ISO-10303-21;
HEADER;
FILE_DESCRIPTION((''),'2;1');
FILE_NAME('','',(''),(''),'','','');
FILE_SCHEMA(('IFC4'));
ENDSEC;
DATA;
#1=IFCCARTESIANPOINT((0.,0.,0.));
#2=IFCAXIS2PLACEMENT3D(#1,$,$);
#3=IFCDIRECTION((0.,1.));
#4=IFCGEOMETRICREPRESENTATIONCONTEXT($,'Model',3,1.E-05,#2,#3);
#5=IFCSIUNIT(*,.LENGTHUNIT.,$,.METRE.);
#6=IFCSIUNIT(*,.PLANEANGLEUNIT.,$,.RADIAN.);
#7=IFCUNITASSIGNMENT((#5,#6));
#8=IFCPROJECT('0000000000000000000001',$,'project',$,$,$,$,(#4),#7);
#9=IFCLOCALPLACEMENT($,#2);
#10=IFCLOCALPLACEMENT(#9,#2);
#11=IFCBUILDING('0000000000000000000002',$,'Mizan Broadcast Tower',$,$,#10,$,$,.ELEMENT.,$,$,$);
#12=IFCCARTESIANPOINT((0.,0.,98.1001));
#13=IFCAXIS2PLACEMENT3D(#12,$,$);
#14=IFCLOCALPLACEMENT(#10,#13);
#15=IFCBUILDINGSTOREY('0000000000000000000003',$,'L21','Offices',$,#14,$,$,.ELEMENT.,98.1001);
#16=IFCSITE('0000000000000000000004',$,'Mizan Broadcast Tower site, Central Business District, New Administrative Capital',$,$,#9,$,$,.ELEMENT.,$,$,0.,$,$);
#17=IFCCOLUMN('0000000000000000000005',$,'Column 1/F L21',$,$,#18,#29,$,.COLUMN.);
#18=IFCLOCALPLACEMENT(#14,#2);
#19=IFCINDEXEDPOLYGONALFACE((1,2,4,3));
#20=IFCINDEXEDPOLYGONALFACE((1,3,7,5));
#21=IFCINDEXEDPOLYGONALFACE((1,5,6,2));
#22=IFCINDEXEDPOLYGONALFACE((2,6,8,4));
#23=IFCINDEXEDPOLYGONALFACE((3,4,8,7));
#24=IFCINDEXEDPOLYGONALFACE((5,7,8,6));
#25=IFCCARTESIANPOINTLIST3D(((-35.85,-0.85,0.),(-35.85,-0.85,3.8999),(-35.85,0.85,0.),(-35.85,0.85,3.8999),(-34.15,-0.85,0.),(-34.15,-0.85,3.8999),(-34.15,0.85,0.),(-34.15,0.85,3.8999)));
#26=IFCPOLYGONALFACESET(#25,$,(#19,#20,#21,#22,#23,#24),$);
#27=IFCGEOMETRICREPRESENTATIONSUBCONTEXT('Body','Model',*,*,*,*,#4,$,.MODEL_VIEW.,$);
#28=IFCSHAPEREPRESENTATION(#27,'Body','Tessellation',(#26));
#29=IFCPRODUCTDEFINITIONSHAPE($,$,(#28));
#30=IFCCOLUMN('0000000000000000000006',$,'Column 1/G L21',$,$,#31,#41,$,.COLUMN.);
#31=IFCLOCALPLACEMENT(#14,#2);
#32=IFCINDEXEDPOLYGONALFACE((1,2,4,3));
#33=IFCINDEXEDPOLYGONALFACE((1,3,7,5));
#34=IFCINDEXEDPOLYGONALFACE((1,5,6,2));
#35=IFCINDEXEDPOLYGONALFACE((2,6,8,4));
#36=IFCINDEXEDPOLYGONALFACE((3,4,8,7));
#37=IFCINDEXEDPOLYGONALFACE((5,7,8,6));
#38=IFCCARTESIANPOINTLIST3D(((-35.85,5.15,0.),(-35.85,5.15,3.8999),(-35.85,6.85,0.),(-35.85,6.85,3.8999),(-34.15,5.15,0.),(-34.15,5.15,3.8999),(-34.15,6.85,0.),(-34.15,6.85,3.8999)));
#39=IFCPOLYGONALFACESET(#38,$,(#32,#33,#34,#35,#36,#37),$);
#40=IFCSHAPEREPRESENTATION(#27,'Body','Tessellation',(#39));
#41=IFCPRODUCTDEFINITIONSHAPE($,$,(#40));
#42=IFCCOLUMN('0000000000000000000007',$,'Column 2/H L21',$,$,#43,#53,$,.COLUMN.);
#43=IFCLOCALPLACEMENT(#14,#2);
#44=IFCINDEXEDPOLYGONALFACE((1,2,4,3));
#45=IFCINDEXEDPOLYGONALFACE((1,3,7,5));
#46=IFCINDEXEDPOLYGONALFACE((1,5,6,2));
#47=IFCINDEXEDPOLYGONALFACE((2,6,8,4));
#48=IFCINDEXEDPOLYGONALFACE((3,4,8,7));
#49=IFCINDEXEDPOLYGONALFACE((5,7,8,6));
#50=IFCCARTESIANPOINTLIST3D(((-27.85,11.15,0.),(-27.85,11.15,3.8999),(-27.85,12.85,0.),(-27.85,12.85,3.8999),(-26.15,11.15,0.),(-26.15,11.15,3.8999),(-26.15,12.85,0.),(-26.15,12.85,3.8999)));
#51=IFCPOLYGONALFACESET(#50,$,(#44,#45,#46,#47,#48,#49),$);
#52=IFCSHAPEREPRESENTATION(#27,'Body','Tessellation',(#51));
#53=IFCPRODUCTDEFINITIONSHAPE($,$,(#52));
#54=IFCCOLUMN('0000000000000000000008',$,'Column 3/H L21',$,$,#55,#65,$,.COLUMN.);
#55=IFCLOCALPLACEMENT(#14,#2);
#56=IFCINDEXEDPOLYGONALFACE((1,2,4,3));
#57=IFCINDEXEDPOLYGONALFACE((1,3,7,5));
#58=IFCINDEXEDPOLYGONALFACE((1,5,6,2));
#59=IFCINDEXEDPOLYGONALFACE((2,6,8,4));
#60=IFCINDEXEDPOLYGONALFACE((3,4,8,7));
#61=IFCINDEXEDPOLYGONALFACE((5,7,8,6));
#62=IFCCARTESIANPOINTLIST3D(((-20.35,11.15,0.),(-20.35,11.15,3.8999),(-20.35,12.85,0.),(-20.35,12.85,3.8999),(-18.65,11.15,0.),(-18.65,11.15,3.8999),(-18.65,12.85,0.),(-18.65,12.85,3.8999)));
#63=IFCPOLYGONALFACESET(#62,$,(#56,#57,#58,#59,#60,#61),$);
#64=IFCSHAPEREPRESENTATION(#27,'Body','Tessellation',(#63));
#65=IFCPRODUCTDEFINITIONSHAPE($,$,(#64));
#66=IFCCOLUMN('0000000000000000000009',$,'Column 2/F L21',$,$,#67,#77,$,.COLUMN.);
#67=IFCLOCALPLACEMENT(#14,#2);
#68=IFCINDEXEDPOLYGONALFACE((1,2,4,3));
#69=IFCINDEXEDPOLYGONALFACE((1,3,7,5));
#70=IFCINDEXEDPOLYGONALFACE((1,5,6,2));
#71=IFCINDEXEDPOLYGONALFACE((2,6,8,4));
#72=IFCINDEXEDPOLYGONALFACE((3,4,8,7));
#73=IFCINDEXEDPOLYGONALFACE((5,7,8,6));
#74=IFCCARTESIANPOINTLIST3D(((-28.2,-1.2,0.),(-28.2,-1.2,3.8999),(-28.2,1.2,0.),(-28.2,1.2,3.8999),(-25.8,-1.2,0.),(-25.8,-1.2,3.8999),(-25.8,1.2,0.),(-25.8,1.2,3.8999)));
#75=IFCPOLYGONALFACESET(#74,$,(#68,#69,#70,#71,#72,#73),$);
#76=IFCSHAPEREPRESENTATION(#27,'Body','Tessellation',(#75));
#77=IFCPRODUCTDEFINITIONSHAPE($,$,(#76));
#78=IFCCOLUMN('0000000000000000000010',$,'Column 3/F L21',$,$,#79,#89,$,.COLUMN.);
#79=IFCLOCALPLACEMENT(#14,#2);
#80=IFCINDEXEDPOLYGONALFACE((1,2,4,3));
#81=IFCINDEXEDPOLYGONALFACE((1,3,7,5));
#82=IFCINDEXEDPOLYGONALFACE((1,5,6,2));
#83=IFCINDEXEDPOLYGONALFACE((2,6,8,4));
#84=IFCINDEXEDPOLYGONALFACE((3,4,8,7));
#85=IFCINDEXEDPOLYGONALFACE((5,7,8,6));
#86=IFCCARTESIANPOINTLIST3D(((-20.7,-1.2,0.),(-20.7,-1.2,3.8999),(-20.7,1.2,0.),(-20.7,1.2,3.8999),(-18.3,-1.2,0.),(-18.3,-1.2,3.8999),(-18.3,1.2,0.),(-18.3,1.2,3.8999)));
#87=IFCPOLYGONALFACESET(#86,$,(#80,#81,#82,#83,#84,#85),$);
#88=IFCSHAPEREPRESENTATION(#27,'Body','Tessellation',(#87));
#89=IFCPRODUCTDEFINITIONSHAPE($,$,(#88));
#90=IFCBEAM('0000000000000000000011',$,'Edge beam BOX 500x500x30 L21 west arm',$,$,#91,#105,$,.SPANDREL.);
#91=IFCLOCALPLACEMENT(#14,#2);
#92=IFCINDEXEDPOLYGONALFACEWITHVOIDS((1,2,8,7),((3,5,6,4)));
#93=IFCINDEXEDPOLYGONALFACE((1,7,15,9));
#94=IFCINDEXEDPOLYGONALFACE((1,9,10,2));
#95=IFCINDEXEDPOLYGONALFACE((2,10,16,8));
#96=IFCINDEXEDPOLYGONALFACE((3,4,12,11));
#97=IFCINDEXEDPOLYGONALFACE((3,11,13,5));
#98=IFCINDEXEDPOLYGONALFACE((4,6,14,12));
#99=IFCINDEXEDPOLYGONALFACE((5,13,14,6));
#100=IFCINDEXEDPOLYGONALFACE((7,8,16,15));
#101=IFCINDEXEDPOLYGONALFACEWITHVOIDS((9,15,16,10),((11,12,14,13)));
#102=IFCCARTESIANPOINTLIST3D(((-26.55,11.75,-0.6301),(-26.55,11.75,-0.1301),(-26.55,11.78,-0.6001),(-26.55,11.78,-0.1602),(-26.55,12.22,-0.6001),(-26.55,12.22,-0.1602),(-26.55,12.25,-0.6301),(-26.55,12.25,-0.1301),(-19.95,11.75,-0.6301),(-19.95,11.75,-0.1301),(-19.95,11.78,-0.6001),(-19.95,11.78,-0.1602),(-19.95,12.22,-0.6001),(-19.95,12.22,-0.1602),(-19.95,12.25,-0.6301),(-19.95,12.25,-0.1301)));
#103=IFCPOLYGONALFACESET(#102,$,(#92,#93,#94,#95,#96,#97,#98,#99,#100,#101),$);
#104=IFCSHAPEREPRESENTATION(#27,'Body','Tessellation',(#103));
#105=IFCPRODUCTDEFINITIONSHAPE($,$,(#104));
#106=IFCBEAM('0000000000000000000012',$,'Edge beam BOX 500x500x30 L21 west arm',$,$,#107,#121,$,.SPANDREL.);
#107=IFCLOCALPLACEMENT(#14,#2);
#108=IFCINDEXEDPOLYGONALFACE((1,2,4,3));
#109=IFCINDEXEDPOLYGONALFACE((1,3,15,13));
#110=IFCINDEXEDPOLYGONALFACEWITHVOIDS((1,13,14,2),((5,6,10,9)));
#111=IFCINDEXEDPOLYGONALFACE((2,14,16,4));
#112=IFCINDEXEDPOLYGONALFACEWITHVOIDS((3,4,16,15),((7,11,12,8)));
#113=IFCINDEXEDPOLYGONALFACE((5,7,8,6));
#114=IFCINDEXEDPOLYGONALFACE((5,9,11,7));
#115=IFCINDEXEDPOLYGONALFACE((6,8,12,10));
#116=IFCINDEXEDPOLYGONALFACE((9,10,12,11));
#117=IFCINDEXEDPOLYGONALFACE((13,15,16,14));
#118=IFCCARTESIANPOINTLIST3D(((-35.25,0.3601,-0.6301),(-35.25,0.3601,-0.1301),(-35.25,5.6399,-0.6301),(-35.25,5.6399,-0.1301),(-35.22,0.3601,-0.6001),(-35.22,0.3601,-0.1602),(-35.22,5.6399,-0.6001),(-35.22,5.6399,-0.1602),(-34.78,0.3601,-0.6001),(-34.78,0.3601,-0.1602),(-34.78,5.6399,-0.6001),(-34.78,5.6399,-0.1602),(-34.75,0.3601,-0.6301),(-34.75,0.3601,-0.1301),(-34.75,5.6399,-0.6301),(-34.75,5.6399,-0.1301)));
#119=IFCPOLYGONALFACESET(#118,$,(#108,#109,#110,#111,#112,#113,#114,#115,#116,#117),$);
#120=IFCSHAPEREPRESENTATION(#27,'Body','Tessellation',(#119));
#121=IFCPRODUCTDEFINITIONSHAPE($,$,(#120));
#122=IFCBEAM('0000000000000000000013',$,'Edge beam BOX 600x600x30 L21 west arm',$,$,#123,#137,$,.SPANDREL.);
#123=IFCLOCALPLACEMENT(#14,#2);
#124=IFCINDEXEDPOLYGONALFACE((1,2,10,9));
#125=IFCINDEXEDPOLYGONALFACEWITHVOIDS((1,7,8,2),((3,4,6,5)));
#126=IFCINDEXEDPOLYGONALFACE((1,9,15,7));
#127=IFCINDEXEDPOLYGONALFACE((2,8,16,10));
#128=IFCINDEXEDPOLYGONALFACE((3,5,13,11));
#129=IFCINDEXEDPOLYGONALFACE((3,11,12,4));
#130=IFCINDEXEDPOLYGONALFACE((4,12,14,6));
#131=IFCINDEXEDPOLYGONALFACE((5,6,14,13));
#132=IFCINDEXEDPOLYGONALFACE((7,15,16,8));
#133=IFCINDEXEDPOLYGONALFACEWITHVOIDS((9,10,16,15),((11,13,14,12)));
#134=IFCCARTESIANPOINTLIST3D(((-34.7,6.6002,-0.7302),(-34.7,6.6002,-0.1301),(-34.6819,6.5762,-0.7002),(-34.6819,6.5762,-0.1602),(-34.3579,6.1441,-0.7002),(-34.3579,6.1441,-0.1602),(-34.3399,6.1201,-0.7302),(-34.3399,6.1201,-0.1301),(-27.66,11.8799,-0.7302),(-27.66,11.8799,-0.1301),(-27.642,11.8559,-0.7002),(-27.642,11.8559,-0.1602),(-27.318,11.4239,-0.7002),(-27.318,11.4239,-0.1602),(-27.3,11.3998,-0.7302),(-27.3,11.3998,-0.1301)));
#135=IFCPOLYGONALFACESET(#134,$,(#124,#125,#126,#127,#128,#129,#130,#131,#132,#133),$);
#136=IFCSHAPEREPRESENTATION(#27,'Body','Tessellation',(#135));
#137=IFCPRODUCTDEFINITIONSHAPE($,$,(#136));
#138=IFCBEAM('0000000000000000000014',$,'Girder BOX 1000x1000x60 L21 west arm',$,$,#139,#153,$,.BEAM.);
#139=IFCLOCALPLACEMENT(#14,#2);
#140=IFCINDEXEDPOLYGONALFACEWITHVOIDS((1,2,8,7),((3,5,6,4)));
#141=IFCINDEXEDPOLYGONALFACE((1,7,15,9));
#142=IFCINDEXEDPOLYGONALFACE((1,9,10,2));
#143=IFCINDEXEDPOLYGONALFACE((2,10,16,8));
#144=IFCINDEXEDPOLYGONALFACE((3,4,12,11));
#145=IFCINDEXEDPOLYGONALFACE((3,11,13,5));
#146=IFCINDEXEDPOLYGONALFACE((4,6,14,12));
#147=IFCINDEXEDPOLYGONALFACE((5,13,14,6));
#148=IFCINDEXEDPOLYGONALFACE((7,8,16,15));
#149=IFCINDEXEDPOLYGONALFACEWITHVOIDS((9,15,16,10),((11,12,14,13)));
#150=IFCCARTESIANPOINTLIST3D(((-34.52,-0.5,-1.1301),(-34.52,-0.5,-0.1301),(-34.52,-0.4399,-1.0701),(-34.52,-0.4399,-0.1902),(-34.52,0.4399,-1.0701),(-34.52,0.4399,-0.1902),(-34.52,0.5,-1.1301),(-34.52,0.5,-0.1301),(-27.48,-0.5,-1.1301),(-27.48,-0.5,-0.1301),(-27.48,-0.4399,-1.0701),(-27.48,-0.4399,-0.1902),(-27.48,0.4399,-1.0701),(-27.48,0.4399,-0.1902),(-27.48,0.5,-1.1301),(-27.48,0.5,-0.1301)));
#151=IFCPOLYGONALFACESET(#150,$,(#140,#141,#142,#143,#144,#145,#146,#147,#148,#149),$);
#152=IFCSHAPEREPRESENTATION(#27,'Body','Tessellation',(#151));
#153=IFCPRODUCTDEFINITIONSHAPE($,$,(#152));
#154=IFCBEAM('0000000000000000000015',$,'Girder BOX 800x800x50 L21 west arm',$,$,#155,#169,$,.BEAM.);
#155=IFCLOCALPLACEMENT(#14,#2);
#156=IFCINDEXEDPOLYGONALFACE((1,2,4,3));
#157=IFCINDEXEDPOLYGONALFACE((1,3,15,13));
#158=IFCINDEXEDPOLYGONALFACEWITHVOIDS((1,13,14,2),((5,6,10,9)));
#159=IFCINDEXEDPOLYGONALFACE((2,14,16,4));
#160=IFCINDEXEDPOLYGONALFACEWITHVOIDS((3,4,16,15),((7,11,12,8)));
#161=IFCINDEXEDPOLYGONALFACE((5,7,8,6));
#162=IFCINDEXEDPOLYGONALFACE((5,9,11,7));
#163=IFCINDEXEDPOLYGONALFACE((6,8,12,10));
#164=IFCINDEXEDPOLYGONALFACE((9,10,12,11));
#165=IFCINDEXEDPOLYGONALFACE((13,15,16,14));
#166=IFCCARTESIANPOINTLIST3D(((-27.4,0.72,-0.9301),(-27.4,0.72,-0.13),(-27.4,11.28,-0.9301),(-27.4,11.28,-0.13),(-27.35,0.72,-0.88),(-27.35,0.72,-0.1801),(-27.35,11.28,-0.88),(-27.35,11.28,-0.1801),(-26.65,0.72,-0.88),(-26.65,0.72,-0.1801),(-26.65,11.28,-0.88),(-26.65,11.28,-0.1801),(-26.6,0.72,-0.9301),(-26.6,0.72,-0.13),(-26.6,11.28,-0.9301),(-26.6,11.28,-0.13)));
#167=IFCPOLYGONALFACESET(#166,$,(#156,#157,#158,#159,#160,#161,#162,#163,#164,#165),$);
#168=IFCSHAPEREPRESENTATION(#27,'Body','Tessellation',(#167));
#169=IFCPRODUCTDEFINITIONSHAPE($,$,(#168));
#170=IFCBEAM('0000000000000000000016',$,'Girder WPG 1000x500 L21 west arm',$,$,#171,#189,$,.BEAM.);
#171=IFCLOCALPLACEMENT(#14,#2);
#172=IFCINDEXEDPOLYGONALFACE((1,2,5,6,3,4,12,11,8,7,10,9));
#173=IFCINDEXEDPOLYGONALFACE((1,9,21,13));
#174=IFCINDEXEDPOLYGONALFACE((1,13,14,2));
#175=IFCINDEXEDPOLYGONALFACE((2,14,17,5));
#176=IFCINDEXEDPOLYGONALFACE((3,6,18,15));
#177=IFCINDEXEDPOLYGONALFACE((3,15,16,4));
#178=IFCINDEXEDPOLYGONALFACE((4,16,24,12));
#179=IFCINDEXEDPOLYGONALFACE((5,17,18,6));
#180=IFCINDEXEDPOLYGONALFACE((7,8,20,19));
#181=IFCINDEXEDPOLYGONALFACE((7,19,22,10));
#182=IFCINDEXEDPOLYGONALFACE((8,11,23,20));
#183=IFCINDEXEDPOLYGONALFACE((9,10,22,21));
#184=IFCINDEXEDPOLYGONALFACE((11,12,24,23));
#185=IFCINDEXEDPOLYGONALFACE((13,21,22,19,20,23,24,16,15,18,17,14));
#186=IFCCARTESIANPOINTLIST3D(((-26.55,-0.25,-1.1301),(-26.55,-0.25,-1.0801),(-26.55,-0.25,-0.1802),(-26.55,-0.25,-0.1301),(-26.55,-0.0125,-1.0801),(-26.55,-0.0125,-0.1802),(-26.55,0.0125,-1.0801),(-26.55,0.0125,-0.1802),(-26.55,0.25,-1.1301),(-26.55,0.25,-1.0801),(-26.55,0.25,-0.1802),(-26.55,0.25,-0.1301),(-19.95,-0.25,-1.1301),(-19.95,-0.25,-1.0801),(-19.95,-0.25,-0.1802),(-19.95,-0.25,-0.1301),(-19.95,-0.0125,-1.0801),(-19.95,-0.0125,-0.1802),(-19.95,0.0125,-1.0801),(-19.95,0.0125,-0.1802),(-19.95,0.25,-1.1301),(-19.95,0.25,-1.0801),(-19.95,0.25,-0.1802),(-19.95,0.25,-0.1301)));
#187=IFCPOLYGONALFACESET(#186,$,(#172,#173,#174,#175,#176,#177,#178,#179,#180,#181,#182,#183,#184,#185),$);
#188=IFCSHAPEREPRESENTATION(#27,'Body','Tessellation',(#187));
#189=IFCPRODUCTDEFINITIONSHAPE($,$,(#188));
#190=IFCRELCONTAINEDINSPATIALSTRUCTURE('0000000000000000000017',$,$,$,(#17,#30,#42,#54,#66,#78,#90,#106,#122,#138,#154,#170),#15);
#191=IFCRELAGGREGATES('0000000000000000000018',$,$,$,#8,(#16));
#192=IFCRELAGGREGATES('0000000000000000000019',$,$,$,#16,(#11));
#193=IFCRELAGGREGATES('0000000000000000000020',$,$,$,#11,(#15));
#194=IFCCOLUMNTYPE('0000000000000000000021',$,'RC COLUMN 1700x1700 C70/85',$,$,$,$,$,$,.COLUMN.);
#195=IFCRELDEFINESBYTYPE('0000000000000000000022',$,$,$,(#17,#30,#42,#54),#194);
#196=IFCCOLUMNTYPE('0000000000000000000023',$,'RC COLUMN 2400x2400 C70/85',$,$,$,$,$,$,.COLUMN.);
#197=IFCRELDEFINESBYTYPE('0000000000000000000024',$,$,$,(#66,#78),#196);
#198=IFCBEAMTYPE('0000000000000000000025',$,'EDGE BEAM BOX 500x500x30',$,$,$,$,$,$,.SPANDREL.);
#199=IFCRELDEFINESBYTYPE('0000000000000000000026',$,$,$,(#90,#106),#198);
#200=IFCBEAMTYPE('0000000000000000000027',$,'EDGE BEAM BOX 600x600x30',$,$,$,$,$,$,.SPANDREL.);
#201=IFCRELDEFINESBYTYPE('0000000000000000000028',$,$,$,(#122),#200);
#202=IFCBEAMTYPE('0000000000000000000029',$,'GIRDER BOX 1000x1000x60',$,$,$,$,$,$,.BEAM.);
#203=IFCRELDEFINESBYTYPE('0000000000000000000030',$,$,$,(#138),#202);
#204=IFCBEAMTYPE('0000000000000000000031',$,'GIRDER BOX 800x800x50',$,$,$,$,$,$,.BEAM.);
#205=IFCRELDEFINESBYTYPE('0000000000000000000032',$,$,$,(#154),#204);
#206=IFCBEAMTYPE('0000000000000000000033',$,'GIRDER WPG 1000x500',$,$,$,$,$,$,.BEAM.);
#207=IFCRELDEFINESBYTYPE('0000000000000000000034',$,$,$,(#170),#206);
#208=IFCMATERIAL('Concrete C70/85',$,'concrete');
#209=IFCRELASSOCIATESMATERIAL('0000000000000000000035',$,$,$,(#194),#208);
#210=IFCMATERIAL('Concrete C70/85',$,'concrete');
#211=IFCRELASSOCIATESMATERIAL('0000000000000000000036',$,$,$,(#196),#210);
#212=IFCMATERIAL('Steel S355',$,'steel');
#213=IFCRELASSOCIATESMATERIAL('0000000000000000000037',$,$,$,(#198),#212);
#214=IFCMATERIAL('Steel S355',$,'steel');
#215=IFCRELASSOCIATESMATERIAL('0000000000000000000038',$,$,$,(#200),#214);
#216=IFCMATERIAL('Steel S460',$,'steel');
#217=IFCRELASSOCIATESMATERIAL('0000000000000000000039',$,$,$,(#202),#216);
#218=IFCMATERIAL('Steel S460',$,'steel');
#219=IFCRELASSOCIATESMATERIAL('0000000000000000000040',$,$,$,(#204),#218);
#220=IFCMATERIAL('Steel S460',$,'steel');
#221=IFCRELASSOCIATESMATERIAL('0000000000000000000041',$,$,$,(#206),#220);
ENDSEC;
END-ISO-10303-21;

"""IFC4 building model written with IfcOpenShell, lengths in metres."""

from ifc_helpers import new_model, si_unit, direction, frame, origin, origin_2d, place, context, subcontext, project, spatial, rectangle, hollow_rectangle, i_section, extrude, material, material_profile, profile_set, type_object, element, save


model = new_model("IFC4")

# Units and contexts
model_context = context("Model", 3, precision=1e-05, world=origin(), true_north=direction((0.0, 1.0)))
body_context = subcontext(model_context, "Body", "Model", "MODEL_VIEW")
ifc_project = project(units=[si_unit("LENGTHUNIT", "METRE"), si_unit("PLANEANGLEUNIT", "RADIAN")], contexts=[model_context])

# Site, building, storey
site_placement = place(None, origin())
site = spatial("IfcSite", under=ifc_project, at=site_placement, Name="Mizan Broadcast Tower site, Central Business District, New Administrative Capital", CompositionType="ELEMENT", RefElevation=0.0)
building_placement = place(site_placement, origin())
building = spatial("IfcBuilding", under=site, at=building_placement, Name="Mizan Broadcast Tower", CompositionType="ELEMENT")
storey_placement = place(building_placement, frame((0.0, 0.0, 98.1001)))
storey = spatial("IfcBuildingStorey", under=building, at=storey_placement, Name="L21", Description="Offices", CompositionType="ELEMENT", Elevation=98.1001)

# Columns
ifc_material_1 = material(Name="Concrete C70/85", Category="concrete")
ifc_material_profile_1 = material_profile(ifc_material_1, rectangle(XDim=1.7, YDim=1.7, at=origin_2d()), Name="RC 1700x1700")
ifc_profile_set_1 = profile_set([ifc_material_profile_1], Name="Concrete C70/85")
column_type_1 = type_object("IfcColumnType", Name="RC COLUMN 1700x1700 C70/85", PredefinedType="COLUMN", material=ifc_profile_set_1)
for number, where, z_axis, x_axis, name in (
    (1, (-35.0, 0.0, 0.0), (0.0, 0.0, 1.0), (1.0, 0.0, 0.0), "Column 1/F L21"),
    (2, (-35.0, 6.0, 0.0), (0.0, 0.0, 1.0), (1.0, 0.0, 0.0), "Column 1/G L21"),
    (3, (-27.0, 12.0, 0.0), (0.0, 0.0, 1.0), (1.0, 0.0, 0.0), "Column 2/H L21"),
    (4, (-19.5, 12.0, 0.0), (0.0, 0.0, 1.0), (1.0, 0.0, 0.0), "Column 3/H L21"),
):
    element("IfcColumn", number, at=place(storey_placement, frame(where, z_axis=z_axis, x_axis=x_axis)), inside=storey, type_object=column_type_1, Name=name, PredefinedType="COLUMN", context=body_context, shape_type="SweptSolid", body=[
        extrude(rectangle(XDim=1.7, YDim=1.7, at=origin_2d()), origin(), (0.0, 0.0, 1.0), 3.8999),
    ])
ifc_material_2 = material(Name="Concrete C70/85", Category="concrete")
ifc_material_profile_2 = material_profile(ifc_material_2, rectangle(XDim=2.3999, YDim=2.3999, at=origin_2d()), Name="RC 2400x2400")
ifc_profile_set_2 = profile_set([ifc_material_profile_2], Name="Concrete C70/85")
column_type_2 = type_object("IfcColumnType", Name="RC COLUMN 2400x2400 C70/85", PredefinedType="COLUMN", material=ifc_profile_set_2)
for number, where, z_axis, x_axis, name in (
    (5, (-27.0, 0.0, 0.0), (0.0, 0.0, 1.0), (1.0, 0.0, 0.0), "Column 2/F L21"),
    (6, (-19.5, 0.0, 0.0), (0.0, 0.0, 1.0), (1.0, 0.0, 0.0), "Column 3/F L21"),
):
    element("IfcColumn", number, at=place(storey_placement, frame(where, z_axis=z_axis, x_axis=x_axis)), inside=storey, type_object=column_type_2, Name=name, PredefinedType="COLUMN", context=body_context, shape_type="SweptSolid", body=[
        extrude(rectangle(XDim=2.3999, YDim=2.3999, at=origin_2d()), origin(), (0.0, 0.0, 1.0), 3.8999),
    ])

# Beams
ifc_material_3 = material(Name="Steel S355", Category="steel")
ifc_material_profile_3 = material_profile(ifc_material_3, hollow_rectangle(XDim=0.5, YDim=0.5, WallThickness=0.03, at=origin_2d()), Name="BOX 500x500x30")
ifc_profile_set_3 = profile_set([ifc_material_profile_3], Name="Steel S355")
beam_type_1 = type_object("IfcBeamType", Name="EDGE BEAM BOX 500x500x30", PredefinedType="SPANDREL", material=ifc_profile_set_3)
beam_1_placement = place(storey_placement, frame((-19.95, 12.0, -0.3801), z_axis=(-1.0, 0.0, 0.0), x_axis=(0.0, -1.0, 0.0)))
element("IfcBeam", 7, at=beam_1_placement, inside=storey, type_object=beam_type_1, Name="Edge beam BOX 500x500x30 L21 west arm", PredefinedType="SPANDREL", context=body_context, shape_type="SweptSolid", body=[
    extrude(hollow_rectangle(XDim=0.5, YDim=0.5, WallThickness=0.03, at=origin_2d()), origin(), (0.0, 0.0, 1.0), 6.6001),
])
beam_2_placement = place(storey_placement, frame((-35.0, 5.6399, -0.3801), z_axis=(0.0, -1.0, 0.0), x_axis=(1.0, 0.0, 0.0)))
element("IfcBeam", 8, at=beam_2_placement, inside=storey, type_object=beam_type_1, Name="Edge beam BOX 500x500x30 L21 west arm", PredefinedType="SPANDREL", context=body_context, shape_type="SweptSolid", body=[
    extrude(hollow_rectangle(XDim=0.5, YDim=0.5, WallThickness=0.03, at=origin_2d()), origin(), (0.0, 0.0, 1.0), 5.2798),
])
ifc_material_4 = material(Name="Steel S355", Category="steel")
ifc_material_profile_4 = material_profile(ifc_material_4, hollow_rectangle(XDim=0.6001, YDim=0.6001, WallThickness=0.03, at=origin_2d()), Name="BOX 600x600x30")
ifc_profile_set_4 = profile_set([ifc_material_profile_4], Name="Steel S355")
beam_type_2 = type_object("IfcBeamType", Name="EDGE BEAM BOX 600x600x30", PredefinedType="SPANDREL", material=ifc_profile_set_4)
beam_3_placement = place(storey_placement, frame((-27.48, 11.6399, -0.4302), z_axis=(-0.800013, -0.599982, 0.0), x_axis=(0.599982, -0.800013, 0.0)))
element("IfcBeam", 9, at=beam_3_placement, inside=storey, type_object=beam_type_2, Name="Edge beam BOX 600x600x30 L21 west arm", PredefinedType="SPANDREL", context=body_context, shape_type="SweptSolid", body=[
    extrude(hollow_rectangle(XDim=0.6001, YDim=0.6001, WallThickness=0.03, at=origin_2d()), origin(), (0.0, 0.0, 1.0), 8.7998),
])
ifc_material_5 = material(Name="Steel S460", Category="steel")
ifc_material_profile_5 = material_profile(ifc_material_5, hollow_rectangle(XDim=1.0, YDim=1.0, WallThickness=0.0601, at=origin_2d()), Name="BOX 1000x1000x60")
ifc_profile_set_5 = profile_set([ifc_material_profile_5], Name="Steel S460")
beam_type_3 = type_object("IfcBeamType", Name="GIRDER BOX 1000x1000x60", PredefinedType="BEAM", material=ifc_profile_set_5)
beam_4_placement = place(storey_placement, frame((-27.48, 0.0, -0.6301), z_axis=(-1.0, 0.0, 0.0), x_axis=(0.0, -1.0, 0.0)))
element("IfcBeam", 10, at=beam_4_placement, inside=storey, type_object=beam_type_3, Name="Girder BOX 1000x1000x60 L21 west arm", PredefinedType="BEAM", context=body_context, shape_type="SweptSolid", body=[
    extrude(hollow_rectangle(XDim=1.0, YDim=1.0, WallThickness=0.0601, at=origin_2d()), origin(), (0.0, 0.0, 1.0), 7.04),
])
ifc_material_6 = material(Name="Steel S460", Category="steel")
ifc_material_profile_6 = material_profile(ifc_material_6, hollow_rectangle(XDim=0.8, YDim=0.8, WallThickness=0.05, at=origin_2d()), Name="BOX 800x800x50")
ifc_profile_set_6 = profile_set([ifc_material_profile_6], Name="Steel S460")
beam_type_4 = type_object("IfcBeamType", Name="GIRDER BOX 800x800x50", PredefinedType="BEAM", material=ifc_profile_set_6)
beam_5_placement = place(storey_placement, frame((-27.0, 11.28, -0.53), z_axis=(0.0, -1.0, 0.0), x_axis=(1.0, 0.0, 0.0)))
element("IfcBeam", 11, at=beam_5_placement, inside=storey, type_object=beam_type_4, Name="Girder BOX 800x800x50 L21 west arm", PredefinedType="BEAM", context=body_context, shape_type="SweptSolid", body=[
    extrude(hollow_rectangle(XDim=0.8, YDim=0.8, WallThickness=0.05, at=origin_2d()), origin(), (0.0, 0.0, 1.0), 10.5601),
])
ifc_material_7 = material(Name="Steel S460", Category="steel")
ifc_material_profile_7 = material_profile(ifc_material_7, i_section(OverallWidth=0.5, OverallDepth=1.0, WebThickness=0.0249, FlangeThickness=0.05, at=origin_2d()), Name="WPG 1000x500")
ifc_profile_set_7 = profile_set([ifc_material_profile_7], Name="Steel S460")
beam_type_5 = type_object("IfcBeamType", Name="GIRDER WPG 1000x500", PredefinedType="BEAM", material=ifc_profile_set_7)
beam_6_placement = place(storey_placement, frame((-19.95, 0.0, -0.6301), z_axis=(-1.0, 0.0, 0.0), x_axis=(0.0, -1.0, 0.0)))
element("IfcBeam", 12, at=beam_6_placement, inside=storey, type_object=beam_type_5, Name="Girder WPG 1000x500 L21 west arm", PredefinedType="BEAM", context=body_context, shape_type="SweptSolid", body=[
    extrude(i_section(OverallWidth=0.5, OverallDepth=1.0, WebThickness=0.0249, FlangeThickness=0.05, at=origin_2d()), origin(), (0.0, 0.0, 1.0), 6.6001),
])

save(model, "model.ifc")
